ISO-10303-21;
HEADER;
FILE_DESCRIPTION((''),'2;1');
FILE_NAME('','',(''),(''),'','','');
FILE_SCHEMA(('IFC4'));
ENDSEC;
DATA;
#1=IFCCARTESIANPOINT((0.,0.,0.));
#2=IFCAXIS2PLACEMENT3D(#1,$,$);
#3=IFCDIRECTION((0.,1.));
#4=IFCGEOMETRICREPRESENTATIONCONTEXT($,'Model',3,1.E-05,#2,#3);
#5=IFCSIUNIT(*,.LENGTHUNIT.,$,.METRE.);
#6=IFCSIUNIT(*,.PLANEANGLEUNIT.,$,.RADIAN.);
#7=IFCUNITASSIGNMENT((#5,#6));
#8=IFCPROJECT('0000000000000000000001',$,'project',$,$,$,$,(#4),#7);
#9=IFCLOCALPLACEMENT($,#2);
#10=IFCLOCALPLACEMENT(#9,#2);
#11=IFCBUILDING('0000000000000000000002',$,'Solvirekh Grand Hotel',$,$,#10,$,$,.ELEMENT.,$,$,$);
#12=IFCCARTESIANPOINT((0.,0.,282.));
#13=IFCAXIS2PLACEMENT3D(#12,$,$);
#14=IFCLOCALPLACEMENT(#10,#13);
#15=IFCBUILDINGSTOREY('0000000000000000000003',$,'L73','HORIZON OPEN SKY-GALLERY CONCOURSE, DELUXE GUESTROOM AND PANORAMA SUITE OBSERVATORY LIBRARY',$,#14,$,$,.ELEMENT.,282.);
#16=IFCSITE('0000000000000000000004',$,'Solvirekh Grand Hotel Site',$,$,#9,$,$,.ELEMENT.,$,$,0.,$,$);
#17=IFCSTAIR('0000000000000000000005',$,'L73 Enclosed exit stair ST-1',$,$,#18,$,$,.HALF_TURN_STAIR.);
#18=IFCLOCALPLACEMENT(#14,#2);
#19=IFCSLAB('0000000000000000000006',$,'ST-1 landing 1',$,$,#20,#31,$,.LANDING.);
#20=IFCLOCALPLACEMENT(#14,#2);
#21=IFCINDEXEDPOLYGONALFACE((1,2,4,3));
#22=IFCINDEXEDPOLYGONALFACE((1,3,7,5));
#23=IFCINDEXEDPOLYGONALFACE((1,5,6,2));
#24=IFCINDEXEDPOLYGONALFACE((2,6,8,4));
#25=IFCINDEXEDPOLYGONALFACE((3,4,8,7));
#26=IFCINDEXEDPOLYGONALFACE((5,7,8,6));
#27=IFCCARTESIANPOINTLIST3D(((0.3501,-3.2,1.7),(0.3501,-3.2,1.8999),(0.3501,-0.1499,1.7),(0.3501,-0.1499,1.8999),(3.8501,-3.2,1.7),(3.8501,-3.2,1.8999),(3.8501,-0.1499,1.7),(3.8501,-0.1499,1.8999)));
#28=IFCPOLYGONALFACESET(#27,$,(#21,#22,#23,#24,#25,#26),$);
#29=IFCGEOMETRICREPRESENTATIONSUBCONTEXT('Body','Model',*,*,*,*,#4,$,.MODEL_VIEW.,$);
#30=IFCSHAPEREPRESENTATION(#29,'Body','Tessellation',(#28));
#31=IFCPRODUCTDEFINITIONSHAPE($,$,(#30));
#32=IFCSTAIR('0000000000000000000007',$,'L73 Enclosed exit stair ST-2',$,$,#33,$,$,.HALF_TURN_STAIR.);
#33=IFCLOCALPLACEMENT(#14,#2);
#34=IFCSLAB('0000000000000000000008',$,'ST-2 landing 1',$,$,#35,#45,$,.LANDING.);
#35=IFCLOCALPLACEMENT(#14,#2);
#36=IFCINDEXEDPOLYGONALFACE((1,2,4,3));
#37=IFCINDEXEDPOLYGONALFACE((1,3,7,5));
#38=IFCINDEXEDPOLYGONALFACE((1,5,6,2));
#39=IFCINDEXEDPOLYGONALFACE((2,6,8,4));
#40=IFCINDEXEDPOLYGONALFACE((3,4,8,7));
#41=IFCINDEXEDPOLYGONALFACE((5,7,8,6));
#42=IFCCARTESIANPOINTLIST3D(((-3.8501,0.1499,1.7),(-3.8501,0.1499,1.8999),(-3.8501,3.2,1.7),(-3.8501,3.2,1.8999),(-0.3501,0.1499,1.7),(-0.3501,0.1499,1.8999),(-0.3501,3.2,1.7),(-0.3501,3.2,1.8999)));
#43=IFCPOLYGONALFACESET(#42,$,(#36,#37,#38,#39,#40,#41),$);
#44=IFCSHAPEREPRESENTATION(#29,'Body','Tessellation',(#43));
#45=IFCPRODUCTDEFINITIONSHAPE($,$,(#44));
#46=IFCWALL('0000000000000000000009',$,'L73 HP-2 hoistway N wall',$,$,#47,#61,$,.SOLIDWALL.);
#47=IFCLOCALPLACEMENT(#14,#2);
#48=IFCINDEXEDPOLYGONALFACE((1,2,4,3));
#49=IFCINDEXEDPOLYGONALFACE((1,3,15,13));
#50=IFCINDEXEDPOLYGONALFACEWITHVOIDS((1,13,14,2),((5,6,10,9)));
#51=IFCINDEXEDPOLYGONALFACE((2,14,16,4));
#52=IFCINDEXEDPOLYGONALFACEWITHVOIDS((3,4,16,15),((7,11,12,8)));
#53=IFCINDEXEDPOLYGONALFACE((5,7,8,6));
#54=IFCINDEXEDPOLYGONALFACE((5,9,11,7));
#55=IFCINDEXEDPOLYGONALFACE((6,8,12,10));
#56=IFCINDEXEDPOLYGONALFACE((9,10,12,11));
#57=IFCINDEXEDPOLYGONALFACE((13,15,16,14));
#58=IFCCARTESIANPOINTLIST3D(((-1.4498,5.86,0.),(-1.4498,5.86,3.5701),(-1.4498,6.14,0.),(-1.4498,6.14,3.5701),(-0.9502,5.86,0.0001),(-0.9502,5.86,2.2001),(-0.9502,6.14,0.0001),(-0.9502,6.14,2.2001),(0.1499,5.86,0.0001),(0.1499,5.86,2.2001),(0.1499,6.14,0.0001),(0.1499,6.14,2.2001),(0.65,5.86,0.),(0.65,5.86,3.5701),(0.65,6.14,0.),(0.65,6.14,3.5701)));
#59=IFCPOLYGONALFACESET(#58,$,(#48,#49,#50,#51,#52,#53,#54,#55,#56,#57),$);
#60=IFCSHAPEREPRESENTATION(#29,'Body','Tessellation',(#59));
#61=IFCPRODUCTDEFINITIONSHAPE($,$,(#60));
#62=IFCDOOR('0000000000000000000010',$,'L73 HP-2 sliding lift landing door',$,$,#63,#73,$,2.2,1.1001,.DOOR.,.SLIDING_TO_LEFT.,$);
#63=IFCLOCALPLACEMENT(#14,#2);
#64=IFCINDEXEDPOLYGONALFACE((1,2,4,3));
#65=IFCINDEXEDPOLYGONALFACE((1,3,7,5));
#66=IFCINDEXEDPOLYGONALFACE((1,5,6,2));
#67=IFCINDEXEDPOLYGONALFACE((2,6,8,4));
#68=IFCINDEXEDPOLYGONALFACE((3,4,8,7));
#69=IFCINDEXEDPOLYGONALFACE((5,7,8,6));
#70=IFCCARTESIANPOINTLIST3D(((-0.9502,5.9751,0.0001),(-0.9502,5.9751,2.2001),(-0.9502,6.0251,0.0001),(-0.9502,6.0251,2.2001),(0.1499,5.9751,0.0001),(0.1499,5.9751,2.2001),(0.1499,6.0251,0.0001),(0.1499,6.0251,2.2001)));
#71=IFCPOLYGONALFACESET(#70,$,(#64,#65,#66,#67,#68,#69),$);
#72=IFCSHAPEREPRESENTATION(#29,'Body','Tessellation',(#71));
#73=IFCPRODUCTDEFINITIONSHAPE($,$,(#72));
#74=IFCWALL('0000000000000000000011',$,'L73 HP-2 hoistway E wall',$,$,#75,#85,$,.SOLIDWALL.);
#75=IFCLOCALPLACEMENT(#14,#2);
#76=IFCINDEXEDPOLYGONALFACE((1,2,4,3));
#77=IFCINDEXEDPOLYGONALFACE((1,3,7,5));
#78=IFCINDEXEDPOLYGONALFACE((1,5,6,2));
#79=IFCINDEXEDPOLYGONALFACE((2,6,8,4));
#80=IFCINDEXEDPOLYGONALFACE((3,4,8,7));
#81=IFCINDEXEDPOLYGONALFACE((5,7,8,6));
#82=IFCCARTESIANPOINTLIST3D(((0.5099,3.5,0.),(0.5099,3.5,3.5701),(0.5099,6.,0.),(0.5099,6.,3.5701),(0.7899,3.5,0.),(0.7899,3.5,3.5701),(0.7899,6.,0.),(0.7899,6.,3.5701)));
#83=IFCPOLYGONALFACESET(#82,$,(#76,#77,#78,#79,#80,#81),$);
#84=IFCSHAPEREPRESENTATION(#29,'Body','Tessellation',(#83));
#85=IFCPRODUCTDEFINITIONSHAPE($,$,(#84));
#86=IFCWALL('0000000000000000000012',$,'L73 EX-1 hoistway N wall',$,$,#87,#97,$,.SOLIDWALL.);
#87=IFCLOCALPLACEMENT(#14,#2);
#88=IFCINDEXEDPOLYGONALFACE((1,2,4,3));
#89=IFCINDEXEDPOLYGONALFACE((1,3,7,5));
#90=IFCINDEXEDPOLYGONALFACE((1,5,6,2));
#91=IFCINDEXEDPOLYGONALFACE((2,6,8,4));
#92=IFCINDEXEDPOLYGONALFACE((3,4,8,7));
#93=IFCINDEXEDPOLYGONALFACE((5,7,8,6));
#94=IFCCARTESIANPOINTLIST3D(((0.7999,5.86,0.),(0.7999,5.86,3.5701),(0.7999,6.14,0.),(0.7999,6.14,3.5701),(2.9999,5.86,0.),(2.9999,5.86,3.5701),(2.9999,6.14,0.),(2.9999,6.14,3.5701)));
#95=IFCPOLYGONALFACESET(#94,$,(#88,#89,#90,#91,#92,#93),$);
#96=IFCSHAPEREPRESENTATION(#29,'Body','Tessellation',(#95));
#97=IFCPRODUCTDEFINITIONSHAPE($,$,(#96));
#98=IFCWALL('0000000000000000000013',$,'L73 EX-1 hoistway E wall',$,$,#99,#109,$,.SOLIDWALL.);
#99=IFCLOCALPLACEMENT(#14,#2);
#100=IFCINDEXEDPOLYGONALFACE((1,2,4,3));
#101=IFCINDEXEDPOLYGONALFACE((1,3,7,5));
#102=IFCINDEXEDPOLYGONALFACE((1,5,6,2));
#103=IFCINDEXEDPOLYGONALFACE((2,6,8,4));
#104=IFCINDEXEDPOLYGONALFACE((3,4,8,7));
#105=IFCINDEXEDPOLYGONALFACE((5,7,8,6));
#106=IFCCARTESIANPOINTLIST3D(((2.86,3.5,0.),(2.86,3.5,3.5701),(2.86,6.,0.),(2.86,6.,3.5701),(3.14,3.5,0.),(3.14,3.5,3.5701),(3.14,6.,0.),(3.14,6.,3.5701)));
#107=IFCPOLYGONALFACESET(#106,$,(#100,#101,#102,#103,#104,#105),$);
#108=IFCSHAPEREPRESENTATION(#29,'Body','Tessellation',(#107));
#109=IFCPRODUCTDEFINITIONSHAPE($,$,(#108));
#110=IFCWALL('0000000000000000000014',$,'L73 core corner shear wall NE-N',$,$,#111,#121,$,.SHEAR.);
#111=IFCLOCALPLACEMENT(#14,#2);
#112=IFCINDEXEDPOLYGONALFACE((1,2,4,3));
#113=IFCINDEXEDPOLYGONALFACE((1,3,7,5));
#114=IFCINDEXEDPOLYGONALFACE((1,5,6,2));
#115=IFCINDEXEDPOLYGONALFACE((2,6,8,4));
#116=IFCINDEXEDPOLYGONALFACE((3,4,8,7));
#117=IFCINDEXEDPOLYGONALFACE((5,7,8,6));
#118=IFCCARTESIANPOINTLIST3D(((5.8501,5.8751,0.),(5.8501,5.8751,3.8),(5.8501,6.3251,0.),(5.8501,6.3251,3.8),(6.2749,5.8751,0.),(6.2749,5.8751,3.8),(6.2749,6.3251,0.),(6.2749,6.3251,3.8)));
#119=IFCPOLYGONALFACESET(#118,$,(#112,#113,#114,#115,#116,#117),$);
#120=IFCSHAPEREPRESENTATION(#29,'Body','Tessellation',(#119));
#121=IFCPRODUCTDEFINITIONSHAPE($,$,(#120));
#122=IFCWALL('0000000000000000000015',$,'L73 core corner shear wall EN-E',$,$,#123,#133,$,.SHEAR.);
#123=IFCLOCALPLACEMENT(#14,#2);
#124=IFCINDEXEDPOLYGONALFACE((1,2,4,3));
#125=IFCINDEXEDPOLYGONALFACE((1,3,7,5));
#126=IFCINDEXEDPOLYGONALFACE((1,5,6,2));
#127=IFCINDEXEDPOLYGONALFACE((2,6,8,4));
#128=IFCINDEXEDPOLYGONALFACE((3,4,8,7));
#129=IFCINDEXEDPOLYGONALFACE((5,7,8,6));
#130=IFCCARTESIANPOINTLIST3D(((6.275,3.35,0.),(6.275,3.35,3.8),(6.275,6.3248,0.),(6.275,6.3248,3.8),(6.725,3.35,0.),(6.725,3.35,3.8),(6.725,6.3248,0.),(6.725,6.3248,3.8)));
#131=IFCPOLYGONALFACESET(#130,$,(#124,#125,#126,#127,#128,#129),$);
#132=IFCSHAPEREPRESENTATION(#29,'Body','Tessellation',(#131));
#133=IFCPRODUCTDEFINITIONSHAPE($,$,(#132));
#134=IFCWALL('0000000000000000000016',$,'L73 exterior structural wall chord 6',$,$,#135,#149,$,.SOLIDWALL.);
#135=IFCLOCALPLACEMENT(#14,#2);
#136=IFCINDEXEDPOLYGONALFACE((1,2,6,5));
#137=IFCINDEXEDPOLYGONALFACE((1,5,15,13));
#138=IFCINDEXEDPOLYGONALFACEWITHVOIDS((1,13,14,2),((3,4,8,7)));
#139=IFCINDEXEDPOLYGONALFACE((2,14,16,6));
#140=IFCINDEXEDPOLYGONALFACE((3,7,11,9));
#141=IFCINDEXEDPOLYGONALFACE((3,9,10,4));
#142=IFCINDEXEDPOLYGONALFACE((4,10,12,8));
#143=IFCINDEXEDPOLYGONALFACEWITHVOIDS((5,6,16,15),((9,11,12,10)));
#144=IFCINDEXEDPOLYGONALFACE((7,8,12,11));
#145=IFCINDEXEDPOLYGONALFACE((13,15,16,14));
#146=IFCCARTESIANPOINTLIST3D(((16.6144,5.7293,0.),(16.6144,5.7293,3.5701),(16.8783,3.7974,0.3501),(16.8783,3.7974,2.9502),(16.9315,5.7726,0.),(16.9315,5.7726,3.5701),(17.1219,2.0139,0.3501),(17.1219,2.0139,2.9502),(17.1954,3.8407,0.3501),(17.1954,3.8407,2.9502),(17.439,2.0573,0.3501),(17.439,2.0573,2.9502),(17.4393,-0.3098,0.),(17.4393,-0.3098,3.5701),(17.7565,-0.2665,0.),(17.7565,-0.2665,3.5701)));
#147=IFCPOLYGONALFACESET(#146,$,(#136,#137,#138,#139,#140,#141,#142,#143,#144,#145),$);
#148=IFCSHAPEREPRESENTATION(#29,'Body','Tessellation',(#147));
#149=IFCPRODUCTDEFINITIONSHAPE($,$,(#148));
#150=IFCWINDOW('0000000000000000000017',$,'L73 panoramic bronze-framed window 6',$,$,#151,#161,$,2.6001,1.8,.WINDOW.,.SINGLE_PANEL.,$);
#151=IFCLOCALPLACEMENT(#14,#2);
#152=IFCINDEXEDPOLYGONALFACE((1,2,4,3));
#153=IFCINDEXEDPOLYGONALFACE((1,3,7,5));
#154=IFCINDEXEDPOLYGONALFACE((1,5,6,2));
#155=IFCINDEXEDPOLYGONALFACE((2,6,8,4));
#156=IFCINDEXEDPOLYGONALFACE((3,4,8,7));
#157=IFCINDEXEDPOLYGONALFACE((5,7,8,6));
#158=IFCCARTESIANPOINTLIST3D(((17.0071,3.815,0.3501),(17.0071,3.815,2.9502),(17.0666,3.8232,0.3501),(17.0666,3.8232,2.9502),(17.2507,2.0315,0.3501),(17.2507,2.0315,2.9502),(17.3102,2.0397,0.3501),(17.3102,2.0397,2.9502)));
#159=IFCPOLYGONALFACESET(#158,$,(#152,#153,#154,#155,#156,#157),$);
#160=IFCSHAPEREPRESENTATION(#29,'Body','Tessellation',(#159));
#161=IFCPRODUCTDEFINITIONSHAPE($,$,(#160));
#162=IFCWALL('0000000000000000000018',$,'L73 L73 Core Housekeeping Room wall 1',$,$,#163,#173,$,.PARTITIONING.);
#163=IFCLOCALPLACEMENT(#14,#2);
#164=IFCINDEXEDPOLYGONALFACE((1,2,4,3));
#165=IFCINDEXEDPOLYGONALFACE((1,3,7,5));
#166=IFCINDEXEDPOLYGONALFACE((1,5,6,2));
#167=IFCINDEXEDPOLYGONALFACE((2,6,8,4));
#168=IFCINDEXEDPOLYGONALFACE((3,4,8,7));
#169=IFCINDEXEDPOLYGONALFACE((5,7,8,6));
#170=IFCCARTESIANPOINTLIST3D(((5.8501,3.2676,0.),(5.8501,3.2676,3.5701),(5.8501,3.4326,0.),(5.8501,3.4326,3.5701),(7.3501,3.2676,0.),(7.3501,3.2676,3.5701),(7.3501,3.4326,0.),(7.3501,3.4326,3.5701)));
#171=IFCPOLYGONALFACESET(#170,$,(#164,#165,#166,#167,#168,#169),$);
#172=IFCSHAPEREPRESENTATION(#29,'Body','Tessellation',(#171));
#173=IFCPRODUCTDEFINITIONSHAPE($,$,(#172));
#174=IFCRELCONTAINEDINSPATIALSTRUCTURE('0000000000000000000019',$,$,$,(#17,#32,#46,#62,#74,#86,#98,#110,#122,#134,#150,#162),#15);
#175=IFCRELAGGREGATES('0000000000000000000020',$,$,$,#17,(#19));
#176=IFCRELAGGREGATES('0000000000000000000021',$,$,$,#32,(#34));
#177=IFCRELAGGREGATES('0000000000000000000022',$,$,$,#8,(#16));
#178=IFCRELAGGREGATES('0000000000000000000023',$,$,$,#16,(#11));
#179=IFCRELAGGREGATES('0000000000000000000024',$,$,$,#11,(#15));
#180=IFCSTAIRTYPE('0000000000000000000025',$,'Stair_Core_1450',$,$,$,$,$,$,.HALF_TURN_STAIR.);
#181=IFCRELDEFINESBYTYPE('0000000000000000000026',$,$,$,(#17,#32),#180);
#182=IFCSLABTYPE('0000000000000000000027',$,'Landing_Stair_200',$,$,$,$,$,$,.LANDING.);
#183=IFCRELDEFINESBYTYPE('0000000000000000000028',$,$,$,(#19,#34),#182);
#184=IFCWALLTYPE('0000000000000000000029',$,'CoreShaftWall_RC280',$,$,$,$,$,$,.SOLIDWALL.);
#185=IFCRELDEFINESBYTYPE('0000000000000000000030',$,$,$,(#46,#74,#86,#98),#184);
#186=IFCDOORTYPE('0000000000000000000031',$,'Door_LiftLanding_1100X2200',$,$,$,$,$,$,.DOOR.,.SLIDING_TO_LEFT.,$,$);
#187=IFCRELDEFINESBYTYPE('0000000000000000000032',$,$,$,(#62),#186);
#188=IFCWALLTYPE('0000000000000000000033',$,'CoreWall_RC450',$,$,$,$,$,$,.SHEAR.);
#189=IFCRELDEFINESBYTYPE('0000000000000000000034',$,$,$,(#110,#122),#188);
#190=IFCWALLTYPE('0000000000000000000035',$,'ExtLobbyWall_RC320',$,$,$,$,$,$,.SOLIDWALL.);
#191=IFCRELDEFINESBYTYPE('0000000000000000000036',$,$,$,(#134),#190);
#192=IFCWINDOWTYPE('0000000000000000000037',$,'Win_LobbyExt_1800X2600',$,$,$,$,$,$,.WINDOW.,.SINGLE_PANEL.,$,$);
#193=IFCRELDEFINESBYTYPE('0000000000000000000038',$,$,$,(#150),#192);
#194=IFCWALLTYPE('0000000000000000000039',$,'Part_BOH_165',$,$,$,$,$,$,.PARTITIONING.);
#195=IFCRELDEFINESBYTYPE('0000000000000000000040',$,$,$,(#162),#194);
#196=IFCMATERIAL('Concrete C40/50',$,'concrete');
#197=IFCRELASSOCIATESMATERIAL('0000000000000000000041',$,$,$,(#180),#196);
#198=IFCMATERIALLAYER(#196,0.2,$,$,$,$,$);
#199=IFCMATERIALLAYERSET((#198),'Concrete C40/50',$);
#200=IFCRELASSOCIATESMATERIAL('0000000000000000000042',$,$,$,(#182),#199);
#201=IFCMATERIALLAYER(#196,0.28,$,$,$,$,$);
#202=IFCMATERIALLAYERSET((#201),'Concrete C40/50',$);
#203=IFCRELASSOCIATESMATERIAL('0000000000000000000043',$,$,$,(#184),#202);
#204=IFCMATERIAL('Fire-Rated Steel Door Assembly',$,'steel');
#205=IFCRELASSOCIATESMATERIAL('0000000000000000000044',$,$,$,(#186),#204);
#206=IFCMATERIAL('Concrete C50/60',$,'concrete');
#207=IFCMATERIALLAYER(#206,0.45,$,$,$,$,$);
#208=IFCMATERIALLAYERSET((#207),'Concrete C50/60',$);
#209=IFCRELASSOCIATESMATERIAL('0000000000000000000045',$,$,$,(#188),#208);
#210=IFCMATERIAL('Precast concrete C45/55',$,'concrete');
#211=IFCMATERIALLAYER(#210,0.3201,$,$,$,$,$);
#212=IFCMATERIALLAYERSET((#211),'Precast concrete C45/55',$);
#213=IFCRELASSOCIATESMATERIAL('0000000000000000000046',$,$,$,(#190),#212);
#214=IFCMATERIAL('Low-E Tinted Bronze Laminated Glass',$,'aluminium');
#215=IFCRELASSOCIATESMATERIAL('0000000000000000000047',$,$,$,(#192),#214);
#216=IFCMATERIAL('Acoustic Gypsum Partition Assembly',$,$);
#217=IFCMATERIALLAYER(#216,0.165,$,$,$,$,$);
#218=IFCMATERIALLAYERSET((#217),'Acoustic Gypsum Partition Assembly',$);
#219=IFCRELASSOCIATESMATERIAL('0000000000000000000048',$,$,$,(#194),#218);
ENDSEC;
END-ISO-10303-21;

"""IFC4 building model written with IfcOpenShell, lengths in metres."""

from ifc_helpers import new_model, si_unit, direction, frame, frame_2d, origin, place, context, subcontext, project, spatial, polyline, rectangle, outline, extrude, material, layer, layer_set, type_object, element, fill, aggregate, save


model = new_model("IFC4")

# Units and contexts
model_context = context("Model", 3, precision=1e-05, world=origin(), true_north=direction((0.0, 1.0)))
body_context = subcontext(model_context, "Body", "Model", "MODEL_VIEW")
ifc_project = project(units=[si_unit("LENGTHUNIT", "METRE"), si_unit("PLANEANGLEUNIT", "RADIAN")], contexts=[model_context])

# Site, building, storey
site_placement = place(None, origin())
site = spatial("IfcSite", under=ifc_project, at=site_placement, Name="Solvirekh Grand Hotel Site", CompositionType="ELEMENT", RefElevation=0.0)
building_placement = place(site_placement, origin())
building = spatial("IfcBuilding", under=site, at=building_placement, Name="Solvirekh Grand Hotel", CompositionType="ELEMENT")
storey_placement = place(building_placement, frame((0.0, 0.0, 282.0)))
storey = spatial("IfcBuildingStorey", under=building, at=storey_placement, Name="L73", Description="HORIZON OPEN SKY-GALLERY CONCOURSE, DELUXE GUESTROOM AND PANORAMA SUITE OBSERVATORY LIBRARY", CompositionType="ELEMENT", Elevation=282.0)

# Stairs, slabs
ifc_material_1 = material(Name="Concrete C40/50", Category="concrete")
stair_type = type_object("IfcStairType", Name="Stair_Core_1450", PredefinedType="HALF_TURN_STAIR", material=ifc_material_1)
stair_1_placement = place(storey_placement, origin())
stair_1 = element("IfcStair", 1, at=stair_1_placement, inside=storey, type_object=stair_type, Name="L73 Enclosed exit stair ST-1", PredefinedType="HALF_TURN_STAIR")
ifc_layer_1 = layer(ifc_material_1, 0.2)
ifc_layer_set_1 = layer_set([ifc_layer_1], Name="Concrete C40/50")
slab_type = type_object("IfcSlabType", Name="Landing_Stair_200", PredefinedType="LANDING", material=ifc_layer_set_1)
slab_1_placement = place(storey_placement, frame((0.0, 0.0, 1.7)))
slab_1 = element("IfcSlab", 2, at=slab_1_placement, type_object=slab_type, Name="ST-1 landing 1", PredefinedType="LANDING", context=body_context, shape_type="SweptSolid", body=[
    extrude(outline(polyline([(0.3501, -3.2), (3.8501, -3.2), (3.8501, -0.1499), (0.3501, -0.1499), (0.3501, -3.2)])), origin(), (0.0, 0.0, 1.0), 0.2),
])
aggregate(stair_1, [slab_1])
stair_2_placement = place(storey_placement, origin())
stair_2 = element("IfcStair", 3, at=stair_2_placement, inside=storey, type_object=stair_type, Name="L73 Enclosed exit stair ST-2", PredefinedType="HALF_TURN_STAIR")
slab_2_placement = place(storey_placement, frame((0.0, 0.0, 1.7)))
slab_2 = element("IfcSlab", 4, at=slab_2_placement, type_object=slab_type, Name="ST-2 landing 1", PredefinedType="LANDING", context=body_context, shape_type="SweptSolid", body=[
    extrude(outline(polyline([(-0.3501, 3.2), (-3.8501, 3.2), (-3.8501, 0.1499), (-0.3501, 0.1499), (-0.3501, 3.2)])), origin(), (0.0, 0.0, 1.0), 0.2),
])

# Wall, opening, door
ifc_layer_2 = layer(ifc_material_1, 0.28)
ifc_layer_set_2 = layer_set([ifc_layer_2], Name="Concrete C40/50")
wall_type_1 = type_object("IfcWallType", Name="CoreShaftWall_RC280", PredefinedType="SOLIDWALL", material=ifc_layer_set_2)
wall_1_placement = place(storey_placement, frame((0.6499, 6.0, 0.0), z_axis=(0.0, 0.0, 1.0), x_axis=(-1.0, 0.0, 0.0)))
wall_1 = element("IfcWall", 5, at=wall_1_placement, inside=storey, type_object=wall_type_1, Name="L73 HP-2 hoistway N wall", PredefinedType="SOLIDWALL", context=body_context, shape_type="SweptSolid", body=[
    extrude(rectangle(XDim=2.0999, YDim=0.28, at=frame_2d((1.0498, 0.0))), origin(), (0.0, 0.0, 1.0), 3.5701),
])
opening_1_placement = place(wall_1_placement, frame((0.5, 0.0, 0.0)))
opening_1 = element("IfcOpeningElement", 6, at=opening_1_placement, cuts=wall_1, PredefinedType="OPENING", context=body_context, shape_type="SweptSolid", body=[
    extrude(rectangle(XDim=1.1001, YDim=2.2, at=frame_2d((0.55, 1.1001))), frame((0.0, 0.1499, 0.0), z_axis=(0.0, -1.0, 0.0), x_axis=(1.0, 0.0, 0.0)), (0.0, 0.0, 1.0), 0.3),
])
ifc_material_2 = material(Name="Fire-Rated Steel Door Assembly", Category="steel")
door_type_1 = type_object("IfcDoorType", Name="Door_LiftLanding_1100X2200", OperationType="SLIDING_TO_LEFT", PredefinedType="DOOR", material=ifc_material_2)
door_1_placement = place(opening_1_placement, origin())
door_1 = element("IfcDoor", 7, at=door_1_placement, inside=storey, type_object=door_type_1, Name="L73 HP-2 sliding lift landing door", OperationType="SLIDING_TO_LEFT", OverallHeight=2.2, OverallWidth=1.1001, PredefinedType="DOOR", context=body_context, shape_type="SweptSolid", body=[
    extrude(rectangle(XDim=1.1001, YDim=2.2, at=frame_2d((0.55, 1.1001))), frame((0.0, 0.0249, 0.0), z_axis=(0.0, -1.0, 0.0), x_axis=(1.0, 0.0, 0.0)), (0.0, 0.0, 1.0), 0.05),
])
fill(opening_1, door_1)

# Walls
wall_2_placement = place(storey_placement, frame((0.6499, 3.5, 0.0), z_axis=(0.0, 0.0, 1.0), x_axis=(0.0, 1.0, 0.0)))
element("IfcWall", 8, at=wall_2_placement, inside=storey, type_object=wall_type_1, Name="L73 HP-2 hoistway E wall", PredefinedType="SOLIDWALL", context=body_context, shape_type="SweptSolid", body=[
    extrude(rectangle(XDim=2.5, YDim=0.28, at=frame_2d((1.25, 0.0))), origin(), (0.0, 0.0, 1.0), 3.5701),
])
wall_3_placement = place(storey_placement, frame((3.0, 6.0, 0.0), z_axis=(0.0, 0.0, 1.0), x_axis=(-1.0, 0.0, 0.0)))
element("IfcWall", 9, at=wall_3_placement, inside=storey, type_object=wall_type_1, Name="L73 EX-1 hoistway N wall", PredefinedType="SOLIDWALL", context=body_context, shape_type="SweptSolid", body=[
    extrude(rectangle(XDim=2.2, YDim=0.28, at=frame_2d((1.1001, 0.0))), origin(), (0.0, 0.0, 1.0), 3.5701),
])
wall_4_placement = place(storey_placement, frame((3.0, 3.5, 0.0), z_axis=(0.0, 0.0, 1.0), x_axis=(0.0, 1.0, 0.0)))
element("IfcWall", 10, at=wall_4_placement, inside=storey, type_object=wall_type_1, Name="L73 EX-1 hoistway E wall", PredefinedType="SOLIDWALL", context=body_context, shape_type="SweptSolid", body=[
    extrude(rectangle(XDim=2.5, YDim=0.28, at=frame_2d((1.25, 0.0))), origin(), (0.0, 0.0, 1.0), 3.5701),
])
ifc_material_3 = material(Name="Concrete C50/60", Category="concrete")
ifc_layer_3 = layer(ifc_material_3, 0.45)
ifc_layer_set_3 = layer_set([ifc_layer_3], Name="Concrete C50/60")
wall_type_2 = type_object("IfcWallType", Name="CoreWall_RC450", PredefinedType="SHEAR", material=ifc_layer_set_3)
wall_5_placement = place(storey_placement, frame((5.8501, 6.1001, 0.0), z_axis=(0.0, 0.0, 1.0), x_axis=(1.0, 0.0, 0.0)))
element("IfcWall", 11, at=wall_5_placement, inside=storey, type_object=wall_type_2, Name="L73 core corner shear wall NE-N", PredefinedType="SHEAR", context=body_context, shape_type="SweptSolid", body=[
    extrude(rectangle(XDim=0.4248, YDim=0.45, at=frame_2d((0.2124, 0.0))), origin(), (0.0, 0.0, 1.0), 3.8),
])
wall_6_placement = place(storey_placement, frame((6.5, 3.3501, 0.0), z_axis=(0.0, 0.0, 1.0), x_axis=(0.0, 1.0, 0.0)))
element("IfcWall", 12, at=wall_6_placement, inside=storey, type_object=wall_type_2, Name="L73 core corner shear wall EN-E", PredefinedType="SHEAR", context=body_context, shape_type="SweptSolid", body=[
    extrude(rectangle(XDim=2.9749, YDim=0.45, at=frame_2d((1.4873, 0.0))), origin(), (0.0, 0.0, 1.0), 3.8),
])

# Wall, opening, window
ifc_material_4 = material(Name="Precast concrete C45/55", Category="concrete")
ifc_layer_4 = layer(ifc_material_4, 0.3201)
ifc_layer_set_4 = layer_set([ifc_layer_4], Name="Precast concrete C45/55")
wall_type_3 = type_object("IfcWallType", Name="ExtLobbyWall_RC320", PredefinedType="SOLIDWALL", material=ifc_layer_set_4)
wall_7_placement = place(storey_placement, frame((16.7729, 5.751, 0.0), z_axis=(0.0, 0.0, 1.0), x_axis=(0.135346, -0.990798, 0.0)))
wall_7 = element("IfcWall", 13, at=wall_7_placement, inside=storey, type_object=wall_type_3, Name="L73 exterior structural wall chord 6", PredefinedType="SOLIDWALL", context=body_context, shape_type="SweptSolid", body=[
    extrude(rectangle(XDim=6.0952, YDim=0.3201, at=frame_2d((3.0476, 0.0))), origin(), (0.0, 0.0, 1.0), 3.5701),
])
opening_2_placement = place(wall_7_placement, frame((1.95, 0.0, 0.3501)))
opening_2 = element("IfcOpeningElement", 14, at=opening_2_placement, cuts=wall_7, PredefinedType="OPENING", context=body_context, shape_type="SweptSolid", body=[
    extrude(rectangle(XDim=1.8, YDim=2.6001, at=frame_2d((0.8999, 1.3))), frame((0.0, 0.1699, 0.0), z_axis=(0.0, -1.0, 0.0), x_axis=(1.0, 0.0, 0.0)), (0.0, 0.0, 1.0), 0.3401),
])
ifc_material_5 = material(Name="Low-E Tinted Bronze Laminated Glass", Category="aluminium")
window_type = type_object("IfcWindowType", Name="Win_LobbyExt_1800X2600", PartitioningType="SINGLE_PANEL", PredefinedType="WINDOW", material=ifc_material_5)
window_placement = place(opening_2_placement, origin())
window = element("IfcWindow", 15, at=window_placement, inside=storey, type_object=window_type, Name="L73 panoramic bronze-framed window 6", OverallHeight=2.6001, OverallWidth=1.8, PartitioningType="SINGLE_PANEL", PredefinedType="WINDOW", context=body_context, shape_type="SweptSolid", body=[
    extrude(rectangle(XDim=1.8, YDim=2.6001, at=frame_2d((0.8999, 1.3))), frame((0.0, 0.03, 0.0), z_axis=(0.0, -1.0, 0.0), x_axis=(1.0, 0.0, 0.0)), (0.0, 0.0, 1.0), 0.0601),
])
fill(opening_2, window)

# Wall
ifc_material_6 = material(Name="Acoustic Gypsum Partition Assembly")
ifc_layer_5 = layer(ifc_material_6, 0.165)
ifc_layer_set_5 = layer_set([ifc_layer_5], Name="Acoustic Gypsum Partition Assembly")
wall_type_4 = type_object("IfcWallType", Name="Part_BOH_165", PredefinedType="PARTITIONING", material=ifc_layer_set_5)
wall_8_placement = place(storey_placement, frame((5.8501, 3.3501, 0.0), z_axis=(0.0, 0.0, 1.0), x_axis=(1.0, 0.0, 0.0)))
element("IfcWall", 16, at=wall_8_placement, inside=storey, type_object=wall_type_4, Name="L73 L73 Core Housekeeping Room wall 1", PredefinedType="PARTITIONING", context=body_context, shape_type="SweptSolid", body=[
    extrude(rectangle(XDim=1.5, YDim=0.165, at=frame_2d((0.75, 0.0))), origin(), (0.0, 0.0, 1.0), 3.5701),
])

aggregate(stair_2, [slab_2])

save(model, "model.ifc")
